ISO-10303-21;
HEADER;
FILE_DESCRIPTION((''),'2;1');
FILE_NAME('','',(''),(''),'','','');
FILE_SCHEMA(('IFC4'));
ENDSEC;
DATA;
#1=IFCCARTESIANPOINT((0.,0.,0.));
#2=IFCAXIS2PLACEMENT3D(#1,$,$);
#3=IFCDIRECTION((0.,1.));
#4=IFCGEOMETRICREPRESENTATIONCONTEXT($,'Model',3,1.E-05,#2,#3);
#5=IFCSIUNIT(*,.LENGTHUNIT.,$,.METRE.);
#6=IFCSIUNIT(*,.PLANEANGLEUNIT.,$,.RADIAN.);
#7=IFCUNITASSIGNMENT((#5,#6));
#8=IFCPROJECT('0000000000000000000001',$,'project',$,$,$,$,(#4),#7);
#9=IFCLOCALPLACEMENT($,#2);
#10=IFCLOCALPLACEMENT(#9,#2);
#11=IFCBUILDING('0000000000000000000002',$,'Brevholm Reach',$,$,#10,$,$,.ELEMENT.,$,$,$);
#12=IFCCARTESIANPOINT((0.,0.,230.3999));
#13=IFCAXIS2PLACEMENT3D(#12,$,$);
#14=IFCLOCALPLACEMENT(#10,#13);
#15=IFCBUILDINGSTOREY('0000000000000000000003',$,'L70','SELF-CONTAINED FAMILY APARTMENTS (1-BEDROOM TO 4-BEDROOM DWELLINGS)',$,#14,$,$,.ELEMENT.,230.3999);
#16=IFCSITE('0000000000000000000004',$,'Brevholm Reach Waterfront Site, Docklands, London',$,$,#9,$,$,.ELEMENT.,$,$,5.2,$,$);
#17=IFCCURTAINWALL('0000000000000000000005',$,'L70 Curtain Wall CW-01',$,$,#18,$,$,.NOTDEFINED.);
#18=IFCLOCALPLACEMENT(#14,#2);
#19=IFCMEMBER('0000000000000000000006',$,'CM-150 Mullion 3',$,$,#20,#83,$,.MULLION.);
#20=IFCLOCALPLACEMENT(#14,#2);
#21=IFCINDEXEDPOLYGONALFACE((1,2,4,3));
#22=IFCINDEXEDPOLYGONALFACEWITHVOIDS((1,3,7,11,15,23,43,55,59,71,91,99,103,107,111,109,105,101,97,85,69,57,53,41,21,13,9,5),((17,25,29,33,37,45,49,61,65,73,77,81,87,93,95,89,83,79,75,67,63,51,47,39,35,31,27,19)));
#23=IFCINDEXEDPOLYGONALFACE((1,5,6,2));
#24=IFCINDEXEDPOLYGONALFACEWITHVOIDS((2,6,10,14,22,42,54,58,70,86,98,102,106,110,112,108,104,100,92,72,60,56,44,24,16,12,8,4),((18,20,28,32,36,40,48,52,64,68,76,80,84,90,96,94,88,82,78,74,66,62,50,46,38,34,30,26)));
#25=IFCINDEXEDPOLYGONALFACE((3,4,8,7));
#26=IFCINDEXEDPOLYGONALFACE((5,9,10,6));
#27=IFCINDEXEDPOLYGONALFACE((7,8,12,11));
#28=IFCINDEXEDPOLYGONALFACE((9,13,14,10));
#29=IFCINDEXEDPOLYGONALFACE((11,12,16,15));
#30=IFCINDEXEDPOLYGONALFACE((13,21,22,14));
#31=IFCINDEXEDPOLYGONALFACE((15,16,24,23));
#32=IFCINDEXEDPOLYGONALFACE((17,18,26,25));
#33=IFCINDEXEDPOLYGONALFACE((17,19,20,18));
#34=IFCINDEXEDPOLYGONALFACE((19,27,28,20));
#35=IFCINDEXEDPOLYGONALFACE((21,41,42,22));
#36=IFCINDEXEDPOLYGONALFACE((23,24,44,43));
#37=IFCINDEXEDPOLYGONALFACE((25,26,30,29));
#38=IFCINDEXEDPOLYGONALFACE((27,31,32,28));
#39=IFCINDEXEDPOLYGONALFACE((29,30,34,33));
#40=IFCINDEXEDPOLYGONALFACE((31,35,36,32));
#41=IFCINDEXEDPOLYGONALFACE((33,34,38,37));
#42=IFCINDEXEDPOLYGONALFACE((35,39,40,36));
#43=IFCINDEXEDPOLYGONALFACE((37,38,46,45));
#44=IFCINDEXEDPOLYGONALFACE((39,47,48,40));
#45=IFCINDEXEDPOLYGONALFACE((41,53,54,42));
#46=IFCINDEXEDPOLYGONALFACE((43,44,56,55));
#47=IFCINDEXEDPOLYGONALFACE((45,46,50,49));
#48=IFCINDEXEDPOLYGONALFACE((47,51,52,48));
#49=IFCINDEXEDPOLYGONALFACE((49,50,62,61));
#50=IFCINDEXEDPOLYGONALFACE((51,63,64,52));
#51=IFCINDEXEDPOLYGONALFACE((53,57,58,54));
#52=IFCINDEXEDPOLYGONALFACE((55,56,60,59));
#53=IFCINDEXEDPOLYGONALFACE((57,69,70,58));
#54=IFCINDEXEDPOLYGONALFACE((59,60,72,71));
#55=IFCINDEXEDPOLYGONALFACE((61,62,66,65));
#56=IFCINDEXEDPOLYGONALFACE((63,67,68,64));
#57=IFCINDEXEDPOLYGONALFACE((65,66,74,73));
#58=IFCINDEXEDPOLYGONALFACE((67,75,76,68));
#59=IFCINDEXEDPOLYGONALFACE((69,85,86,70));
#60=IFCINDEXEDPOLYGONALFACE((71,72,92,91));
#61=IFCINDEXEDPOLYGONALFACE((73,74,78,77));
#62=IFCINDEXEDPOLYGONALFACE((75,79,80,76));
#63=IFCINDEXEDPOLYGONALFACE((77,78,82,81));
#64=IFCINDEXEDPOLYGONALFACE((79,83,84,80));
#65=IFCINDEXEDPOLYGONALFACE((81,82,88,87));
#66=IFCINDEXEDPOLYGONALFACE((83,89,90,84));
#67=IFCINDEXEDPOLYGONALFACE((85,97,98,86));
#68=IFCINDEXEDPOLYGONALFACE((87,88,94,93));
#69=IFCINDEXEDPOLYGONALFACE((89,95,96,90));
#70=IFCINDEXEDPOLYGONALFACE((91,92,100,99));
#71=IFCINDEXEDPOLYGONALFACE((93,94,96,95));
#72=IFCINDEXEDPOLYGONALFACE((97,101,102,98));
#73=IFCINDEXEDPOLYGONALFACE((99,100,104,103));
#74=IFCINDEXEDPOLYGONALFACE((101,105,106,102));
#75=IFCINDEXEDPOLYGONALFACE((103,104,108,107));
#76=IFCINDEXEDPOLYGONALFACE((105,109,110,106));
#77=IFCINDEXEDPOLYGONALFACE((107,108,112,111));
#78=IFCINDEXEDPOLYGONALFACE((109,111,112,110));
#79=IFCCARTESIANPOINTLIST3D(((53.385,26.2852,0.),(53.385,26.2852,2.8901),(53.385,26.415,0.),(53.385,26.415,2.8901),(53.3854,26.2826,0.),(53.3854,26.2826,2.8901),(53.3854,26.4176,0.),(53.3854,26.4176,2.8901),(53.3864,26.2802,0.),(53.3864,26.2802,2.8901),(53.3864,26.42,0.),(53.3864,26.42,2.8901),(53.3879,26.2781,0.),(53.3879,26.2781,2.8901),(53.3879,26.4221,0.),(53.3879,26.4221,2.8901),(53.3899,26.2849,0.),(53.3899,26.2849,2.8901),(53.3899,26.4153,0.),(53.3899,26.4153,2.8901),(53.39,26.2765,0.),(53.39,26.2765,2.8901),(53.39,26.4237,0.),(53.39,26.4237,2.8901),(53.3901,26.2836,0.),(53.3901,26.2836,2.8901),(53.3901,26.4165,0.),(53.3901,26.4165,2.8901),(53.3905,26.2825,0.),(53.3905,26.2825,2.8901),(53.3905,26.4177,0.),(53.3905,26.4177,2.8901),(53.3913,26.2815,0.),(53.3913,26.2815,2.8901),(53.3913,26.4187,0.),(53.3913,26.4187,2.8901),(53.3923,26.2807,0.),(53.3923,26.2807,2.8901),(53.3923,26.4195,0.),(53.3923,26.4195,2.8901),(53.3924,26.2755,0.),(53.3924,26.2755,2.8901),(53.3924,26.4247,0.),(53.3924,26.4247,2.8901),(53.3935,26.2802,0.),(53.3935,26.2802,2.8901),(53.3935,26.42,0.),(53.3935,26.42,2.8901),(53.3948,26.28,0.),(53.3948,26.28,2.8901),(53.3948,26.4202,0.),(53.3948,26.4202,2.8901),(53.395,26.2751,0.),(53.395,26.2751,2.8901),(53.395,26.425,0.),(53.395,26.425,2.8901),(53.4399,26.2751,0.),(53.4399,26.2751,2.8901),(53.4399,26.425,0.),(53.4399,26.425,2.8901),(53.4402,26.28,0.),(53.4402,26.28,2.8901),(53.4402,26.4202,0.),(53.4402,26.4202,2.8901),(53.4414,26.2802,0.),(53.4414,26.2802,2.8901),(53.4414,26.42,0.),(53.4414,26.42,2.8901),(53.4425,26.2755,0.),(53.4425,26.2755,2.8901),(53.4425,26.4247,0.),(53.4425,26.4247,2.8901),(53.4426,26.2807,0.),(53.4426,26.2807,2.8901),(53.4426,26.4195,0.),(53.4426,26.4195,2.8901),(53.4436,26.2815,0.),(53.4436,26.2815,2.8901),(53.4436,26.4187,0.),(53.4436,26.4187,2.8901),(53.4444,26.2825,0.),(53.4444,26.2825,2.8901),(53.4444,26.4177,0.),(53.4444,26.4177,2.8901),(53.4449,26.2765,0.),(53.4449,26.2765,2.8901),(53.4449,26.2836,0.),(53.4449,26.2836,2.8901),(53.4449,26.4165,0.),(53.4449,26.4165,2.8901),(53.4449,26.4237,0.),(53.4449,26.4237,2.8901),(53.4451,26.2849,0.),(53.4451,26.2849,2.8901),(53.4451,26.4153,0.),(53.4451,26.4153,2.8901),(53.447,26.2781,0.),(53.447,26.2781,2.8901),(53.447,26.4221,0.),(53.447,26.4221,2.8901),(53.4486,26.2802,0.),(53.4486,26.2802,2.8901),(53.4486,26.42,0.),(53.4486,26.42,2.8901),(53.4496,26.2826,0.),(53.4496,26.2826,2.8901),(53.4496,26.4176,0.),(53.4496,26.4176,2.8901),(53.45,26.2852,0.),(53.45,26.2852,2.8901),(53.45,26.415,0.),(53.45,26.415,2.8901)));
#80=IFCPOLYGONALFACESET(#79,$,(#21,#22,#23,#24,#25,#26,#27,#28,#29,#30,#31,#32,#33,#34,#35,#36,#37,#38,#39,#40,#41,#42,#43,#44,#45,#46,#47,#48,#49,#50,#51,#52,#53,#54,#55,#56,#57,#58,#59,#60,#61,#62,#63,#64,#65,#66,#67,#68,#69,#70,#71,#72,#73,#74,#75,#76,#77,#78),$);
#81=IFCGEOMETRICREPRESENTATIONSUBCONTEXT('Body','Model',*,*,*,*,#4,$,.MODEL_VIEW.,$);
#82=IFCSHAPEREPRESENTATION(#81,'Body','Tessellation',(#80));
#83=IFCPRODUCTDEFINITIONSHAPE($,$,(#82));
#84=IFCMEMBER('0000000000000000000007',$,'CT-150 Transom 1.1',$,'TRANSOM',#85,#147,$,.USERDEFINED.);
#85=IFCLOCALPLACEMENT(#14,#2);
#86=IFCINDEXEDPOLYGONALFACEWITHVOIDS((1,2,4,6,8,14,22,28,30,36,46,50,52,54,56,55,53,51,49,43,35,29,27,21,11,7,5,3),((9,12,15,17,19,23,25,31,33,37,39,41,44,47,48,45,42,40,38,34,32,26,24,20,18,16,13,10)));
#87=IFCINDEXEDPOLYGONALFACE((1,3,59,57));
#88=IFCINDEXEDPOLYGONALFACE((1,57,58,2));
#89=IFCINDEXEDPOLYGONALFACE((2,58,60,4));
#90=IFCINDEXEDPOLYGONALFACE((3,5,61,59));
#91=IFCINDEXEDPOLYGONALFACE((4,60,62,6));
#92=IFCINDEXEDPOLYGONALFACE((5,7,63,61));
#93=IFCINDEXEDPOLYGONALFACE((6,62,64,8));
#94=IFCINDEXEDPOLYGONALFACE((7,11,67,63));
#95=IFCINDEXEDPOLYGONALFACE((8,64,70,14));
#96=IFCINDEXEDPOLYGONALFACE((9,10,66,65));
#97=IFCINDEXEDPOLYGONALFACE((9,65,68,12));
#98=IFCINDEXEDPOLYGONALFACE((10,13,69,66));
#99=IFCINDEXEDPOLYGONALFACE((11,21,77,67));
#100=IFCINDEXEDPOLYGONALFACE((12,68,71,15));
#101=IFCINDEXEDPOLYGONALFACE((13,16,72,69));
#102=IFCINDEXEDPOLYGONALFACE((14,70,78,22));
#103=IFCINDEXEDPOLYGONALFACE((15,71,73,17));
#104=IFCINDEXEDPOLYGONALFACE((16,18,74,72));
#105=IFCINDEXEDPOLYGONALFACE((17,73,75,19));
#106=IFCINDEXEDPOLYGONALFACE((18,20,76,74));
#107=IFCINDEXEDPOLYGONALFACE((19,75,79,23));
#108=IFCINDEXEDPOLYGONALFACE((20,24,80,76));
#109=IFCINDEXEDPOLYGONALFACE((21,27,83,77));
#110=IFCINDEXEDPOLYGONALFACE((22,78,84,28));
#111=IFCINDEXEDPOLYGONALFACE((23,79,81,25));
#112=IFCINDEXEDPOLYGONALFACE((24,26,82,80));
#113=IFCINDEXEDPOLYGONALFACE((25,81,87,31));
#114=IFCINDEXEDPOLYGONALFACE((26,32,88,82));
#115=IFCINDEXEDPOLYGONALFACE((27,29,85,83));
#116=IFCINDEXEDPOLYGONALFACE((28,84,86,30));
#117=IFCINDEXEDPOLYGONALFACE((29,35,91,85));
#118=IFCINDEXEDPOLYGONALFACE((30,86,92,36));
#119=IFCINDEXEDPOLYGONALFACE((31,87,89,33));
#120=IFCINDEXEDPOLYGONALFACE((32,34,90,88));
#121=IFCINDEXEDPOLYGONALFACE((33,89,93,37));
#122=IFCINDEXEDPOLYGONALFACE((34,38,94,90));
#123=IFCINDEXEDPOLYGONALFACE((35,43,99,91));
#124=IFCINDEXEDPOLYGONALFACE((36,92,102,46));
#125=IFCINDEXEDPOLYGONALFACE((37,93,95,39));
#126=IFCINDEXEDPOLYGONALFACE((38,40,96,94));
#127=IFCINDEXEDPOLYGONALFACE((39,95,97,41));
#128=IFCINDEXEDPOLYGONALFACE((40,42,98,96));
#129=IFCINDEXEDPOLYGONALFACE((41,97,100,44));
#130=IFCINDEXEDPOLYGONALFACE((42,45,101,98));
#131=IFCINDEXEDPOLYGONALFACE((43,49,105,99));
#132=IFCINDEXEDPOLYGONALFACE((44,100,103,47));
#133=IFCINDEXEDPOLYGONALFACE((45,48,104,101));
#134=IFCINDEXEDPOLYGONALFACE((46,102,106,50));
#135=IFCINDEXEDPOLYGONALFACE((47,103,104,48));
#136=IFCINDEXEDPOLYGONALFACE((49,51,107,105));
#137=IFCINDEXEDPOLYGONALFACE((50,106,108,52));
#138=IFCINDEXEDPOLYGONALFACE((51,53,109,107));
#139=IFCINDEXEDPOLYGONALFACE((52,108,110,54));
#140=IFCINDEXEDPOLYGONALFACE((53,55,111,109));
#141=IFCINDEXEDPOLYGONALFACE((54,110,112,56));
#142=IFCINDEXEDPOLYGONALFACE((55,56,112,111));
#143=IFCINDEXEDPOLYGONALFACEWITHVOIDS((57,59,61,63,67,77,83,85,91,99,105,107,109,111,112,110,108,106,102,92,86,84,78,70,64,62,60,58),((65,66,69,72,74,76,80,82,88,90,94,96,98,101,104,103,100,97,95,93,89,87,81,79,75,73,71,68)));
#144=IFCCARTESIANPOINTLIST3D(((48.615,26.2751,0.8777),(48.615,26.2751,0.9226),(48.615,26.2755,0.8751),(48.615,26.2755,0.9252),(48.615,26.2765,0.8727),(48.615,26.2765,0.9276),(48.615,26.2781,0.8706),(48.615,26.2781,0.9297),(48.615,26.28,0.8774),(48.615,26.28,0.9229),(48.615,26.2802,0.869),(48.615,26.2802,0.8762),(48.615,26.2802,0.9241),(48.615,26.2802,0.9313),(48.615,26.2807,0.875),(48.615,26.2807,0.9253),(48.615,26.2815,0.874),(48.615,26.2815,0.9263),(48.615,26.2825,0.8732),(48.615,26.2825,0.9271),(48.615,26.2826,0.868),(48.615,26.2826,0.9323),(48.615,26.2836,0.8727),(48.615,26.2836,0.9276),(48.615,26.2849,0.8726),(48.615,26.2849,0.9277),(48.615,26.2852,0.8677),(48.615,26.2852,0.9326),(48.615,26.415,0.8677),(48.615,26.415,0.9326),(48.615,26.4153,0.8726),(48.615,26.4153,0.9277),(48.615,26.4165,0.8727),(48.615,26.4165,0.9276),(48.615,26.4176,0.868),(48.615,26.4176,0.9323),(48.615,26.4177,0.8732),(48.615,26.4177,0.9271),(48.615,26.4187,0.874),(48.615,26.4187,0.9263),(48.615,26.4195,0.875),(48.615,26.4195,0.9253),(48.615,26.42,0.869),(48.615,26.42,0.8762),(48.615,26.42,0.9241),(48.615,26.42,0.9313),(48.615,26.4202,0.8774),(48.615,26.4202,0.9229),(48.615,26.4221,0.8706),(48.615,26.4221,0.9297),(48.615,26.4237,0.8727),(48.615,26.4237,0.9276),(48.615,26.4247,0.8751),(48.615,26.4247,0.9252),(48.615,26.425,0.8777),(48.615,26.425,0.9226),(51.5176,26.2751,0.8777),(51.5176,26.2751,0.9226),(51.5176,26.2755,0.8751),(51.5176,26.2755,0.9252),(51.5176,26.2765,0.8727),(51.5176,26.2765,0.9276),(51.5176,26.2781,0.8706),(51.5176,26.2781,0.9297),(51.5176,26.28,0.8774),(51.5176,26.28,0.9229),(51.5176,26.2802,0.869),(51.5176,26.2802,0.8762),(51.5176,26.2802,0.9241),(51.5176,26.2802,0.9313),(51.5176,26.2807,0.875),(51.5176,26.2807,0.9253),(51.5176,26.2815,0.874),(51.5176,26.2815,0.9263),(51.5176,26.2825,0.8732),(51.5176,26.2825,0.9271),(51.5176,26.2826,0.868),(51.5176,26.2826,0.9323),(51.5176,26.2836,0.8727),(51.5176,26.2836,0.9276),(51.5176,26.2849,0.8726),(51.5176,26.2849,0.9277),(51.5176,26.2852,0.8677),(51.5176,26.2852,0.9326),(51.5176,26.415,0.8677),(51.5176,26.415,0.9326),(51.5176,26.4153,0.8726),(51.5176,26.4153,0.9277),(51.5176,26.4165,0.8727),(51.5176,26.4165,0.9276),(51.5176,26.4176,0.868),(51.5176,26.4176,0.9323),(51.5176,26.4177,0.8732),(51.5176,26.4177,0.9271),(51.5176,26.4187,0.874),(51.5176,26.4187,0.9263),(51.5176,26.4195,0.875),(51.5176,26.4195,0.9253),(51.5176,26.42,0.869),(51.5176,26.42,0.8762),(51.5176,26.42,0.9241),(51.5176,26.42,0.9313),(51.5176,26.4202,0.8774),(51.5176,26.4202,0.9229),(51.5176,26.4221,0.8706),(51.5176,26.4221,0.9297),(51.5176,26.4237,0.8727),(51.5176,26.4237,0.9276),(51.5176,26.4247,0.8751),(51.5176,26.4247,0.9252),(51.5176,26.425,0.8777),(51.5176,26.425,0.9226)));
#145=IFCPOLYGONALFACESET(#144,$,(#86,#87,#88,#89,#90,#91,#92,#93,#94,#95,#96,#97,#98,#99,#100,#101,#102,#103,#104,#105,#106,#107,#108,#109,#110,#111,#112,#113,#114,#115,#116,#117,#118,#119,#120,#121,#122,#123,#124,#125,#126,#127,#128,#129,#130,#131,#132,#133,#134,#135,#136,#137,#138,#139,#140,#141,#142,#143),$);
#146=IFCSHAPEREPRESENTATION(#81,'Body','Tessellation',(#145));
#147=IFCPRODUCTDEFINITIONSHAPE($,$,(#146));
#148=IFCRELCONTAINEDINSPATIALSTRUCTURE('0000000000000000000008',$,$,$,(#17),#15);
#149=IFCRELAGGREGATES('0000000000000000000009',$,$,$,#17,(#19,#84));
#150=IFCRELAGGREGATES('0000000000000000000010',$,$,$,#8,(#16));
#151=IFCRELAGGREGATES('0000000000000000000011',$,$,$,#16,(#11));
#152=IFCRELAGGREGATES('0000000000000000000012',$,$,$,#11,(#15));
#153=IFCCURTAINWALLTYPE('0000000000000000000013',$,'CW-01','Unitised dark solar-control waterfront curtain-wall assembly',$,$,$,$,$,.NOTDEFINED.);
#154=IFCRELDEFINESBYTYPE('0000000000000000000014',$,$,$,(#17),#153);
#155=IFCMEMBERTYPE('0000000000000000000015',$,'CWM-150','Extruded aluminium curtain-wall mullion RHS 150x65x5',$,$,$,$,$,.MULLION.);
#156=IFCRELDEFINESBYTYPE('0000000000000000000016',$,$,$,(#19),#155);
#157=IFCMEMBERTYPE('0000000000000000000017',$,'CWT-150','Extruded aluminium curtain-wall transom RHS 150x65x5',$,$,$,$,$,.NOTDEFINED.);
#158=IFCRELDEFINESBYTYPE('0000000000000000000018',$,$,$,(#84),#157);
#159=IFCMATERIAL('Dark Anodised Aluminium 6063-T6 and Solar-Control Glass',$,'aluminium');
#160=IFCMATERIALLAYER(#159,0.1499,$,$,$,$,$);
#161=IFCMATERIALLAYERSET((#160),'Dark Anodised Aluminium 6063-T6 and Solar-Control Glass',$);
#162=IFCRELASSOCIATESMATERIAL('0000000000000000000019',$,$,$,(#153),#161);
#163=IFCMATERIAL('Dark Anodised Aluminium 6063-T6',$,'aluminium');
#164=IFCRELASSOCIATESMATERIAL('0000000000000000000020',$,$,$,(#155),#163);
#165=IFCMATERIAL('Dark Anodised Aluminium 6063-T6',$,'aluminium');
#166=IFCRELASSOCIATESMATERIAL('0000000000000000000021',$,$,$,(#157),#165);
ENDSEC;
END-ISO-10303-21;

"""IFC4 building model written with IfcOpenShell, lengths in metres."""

from ifc_helpers import new_model, si_unit, direction, frame, origin, origin_2d, place, context, subcontext, project, spatial, hollow_rectangle, extrude, material, layer, layer_set, material_profile, profile_set, type_object, element, aggregate, save


model = new_model("IFC4")

# Units and contexts
model_context = context("Model", 3, precision=1e-05, world=origin(), true_north=direction((0.0, 1.0)))
body_context = subcontext(model_context, "Body", "Model", "MODEL_VIEW")
ifc_project = project(units=[si_unit("LENGTHUNIT", "METRE"), si_unit("PLANEANGLEUNIT", "RADIAN")], contexts=[model_context])

# Site, building, storey
site_placement = place(None, origin())
site = spatial("IfcSite", under=ifc_project, at=site_placement, Name="Brevholm Reach Waterfront Site, Docklands, London", CompositionType="ELEMENT", RefElevation=5.2)
building_placement = place(site_placement, origin())
building = spatial("IfcBuilding", under=site, at=building_placement, Name="Brevholm Reach", CompositionType="ELEMENT")
storey_placement = place(building_placement, frame((0.0, 0.0, 230.3999)))
storey = spatial("IfcBuildingStorey", under=building, at=storey_placement, Name="L70", Description="SELF-CONTAINED FAMILY APARTMENTS (1-BEDROOM TO 4-BEDROOM DWELLINGS)", CompositionType="ELEMENT", Elevation=230.3999)

# Curtain wall, members
ifc_material_1 = material(Name="Dark Anodised Aluminium 6063-T6 and Solar-Control Glass", Category="aluminium")
ifc_layer_1 = layer(ifc_material_1, 0.1499)
ifc_layer_set_1 = layer_set([ifc_layer_1], Name="Dark Anodised Aluminium 6063-T6 and Solar-Control Glass")
curtain_wall_type = type_object("IfcCurtainWallType", Name="CW-01", Description="Unitised dark solar-control waterfront curtain-wall assembly", PredefinedType="NOTDEFINED", material=ifc_layer_set_1)
curtain_wall_placement = place(storey_placement, origin())
curtain_wall = element("IfcCurtainWall", 1, at=curtain_wall_placement, inside=storey, type_object=curtain_wall_type, Name="L70 Curtain Wall CW-01", PredefinedType="NOTDEFINED")
ifc_material_2 = material(Name="Dark Anodised Aluminium 6063-T6", Category="aluminium")
ifc_material_profile_1 = material_profile(ifc_material_2, hollow_rectangle(XDim=0.0649, YDim=0.1499, WallThickness=0.0049, InnerFilletRadius=0.0049, OuterFilletRadius=0.01, at=origin_2d()), Name="RHS 150x65x5")
ifc_profile_set_1 = profile_set([ifc_material_profile_1], Name="Dark Anodised Aluminium 6063-T6")
member_type_1 = type_object("IfcMemberType", Name="CWM-150", Description="Extruded aluminium curtain-wall mullion RHS 150x65x5", PredefinedType="MULLION", material=ifc_profile_set_1)
member_1_placement = place(storey_placement, frame((53.4175, 26.3501, 0.0), z_axis=(0.0, 0.0, 1.0), x_axis=(1.0, 0.0, 0.0)))
member_1 = element("IfcMember", 2, at=member_1_placement, type_object=member_type_1, Name="CM-150 Mullion 3", PredefinedType="MULLION", context=body_context, shape_type="SweptSolid", body=[
    extrude(hollow_rectangle(XDim=0.0649, YDim=0.1499, WallThickness=0.0049, InnerFilletRadius=0.0049, OuterFilletRadius=0.01, at=origin_2d()), origin(), (0.0, 0.0, 1.0), 2.8901),
])
ifc_material_3 = material(Name="Dark Anodised Aluminium 6063-T6", Category="aluminium")
ifc_material_profile_2 = material_profile(ifc_material_3, hollow_rectangle(XDim=0.0649, YDim=0.1499, WallThickness=0.0049, InnerFilletRadius=0.0049, OuterFilletRadius=0.01, at=origin_2d()), Name="RHS 150x65x5")
ifc_profile_set_2 = profile_set([ifc_material_profile_2], Name="Dark Anodised Aluminium 6063-T6")
member_type_2 = type_object("IfcMemberType", Name="CWT-150", Description="Extruded aluminium curtain-wall transom RHS 150x65x5", PredefinedType="NOTDEFINED", material=ifc_profile_set_2)
member_2_placement = place(storey_placement, frame((48.615, 26.3501, 0.9001), z_axis=(1.0, 0.0, 0.0), x_axis=(0.0, 0.0, 1.0)))
member_2 = element("IfcMember", 3, at=member_2_placement, type_object=member_type_2, Name="CT-150 Transom 1.1", ObjectType="TRANSOM", PredefinedType="USERDEFINED", context=body_context, shape_type="SweptSolid", body=[
    extrude(hollow_rectangle(XDim=0.0649, YDim=0.1499, WallThickness=0.0049, InnerFilletRadius=0.0049, OuterFilletRadius=0.01, at=origin_2d()), origin(), (0.0, 0.0, 1.0), 2.9026),
])
aggregate(curtain_wall, [member_1, member_2])

save(model, "model.ifc")
